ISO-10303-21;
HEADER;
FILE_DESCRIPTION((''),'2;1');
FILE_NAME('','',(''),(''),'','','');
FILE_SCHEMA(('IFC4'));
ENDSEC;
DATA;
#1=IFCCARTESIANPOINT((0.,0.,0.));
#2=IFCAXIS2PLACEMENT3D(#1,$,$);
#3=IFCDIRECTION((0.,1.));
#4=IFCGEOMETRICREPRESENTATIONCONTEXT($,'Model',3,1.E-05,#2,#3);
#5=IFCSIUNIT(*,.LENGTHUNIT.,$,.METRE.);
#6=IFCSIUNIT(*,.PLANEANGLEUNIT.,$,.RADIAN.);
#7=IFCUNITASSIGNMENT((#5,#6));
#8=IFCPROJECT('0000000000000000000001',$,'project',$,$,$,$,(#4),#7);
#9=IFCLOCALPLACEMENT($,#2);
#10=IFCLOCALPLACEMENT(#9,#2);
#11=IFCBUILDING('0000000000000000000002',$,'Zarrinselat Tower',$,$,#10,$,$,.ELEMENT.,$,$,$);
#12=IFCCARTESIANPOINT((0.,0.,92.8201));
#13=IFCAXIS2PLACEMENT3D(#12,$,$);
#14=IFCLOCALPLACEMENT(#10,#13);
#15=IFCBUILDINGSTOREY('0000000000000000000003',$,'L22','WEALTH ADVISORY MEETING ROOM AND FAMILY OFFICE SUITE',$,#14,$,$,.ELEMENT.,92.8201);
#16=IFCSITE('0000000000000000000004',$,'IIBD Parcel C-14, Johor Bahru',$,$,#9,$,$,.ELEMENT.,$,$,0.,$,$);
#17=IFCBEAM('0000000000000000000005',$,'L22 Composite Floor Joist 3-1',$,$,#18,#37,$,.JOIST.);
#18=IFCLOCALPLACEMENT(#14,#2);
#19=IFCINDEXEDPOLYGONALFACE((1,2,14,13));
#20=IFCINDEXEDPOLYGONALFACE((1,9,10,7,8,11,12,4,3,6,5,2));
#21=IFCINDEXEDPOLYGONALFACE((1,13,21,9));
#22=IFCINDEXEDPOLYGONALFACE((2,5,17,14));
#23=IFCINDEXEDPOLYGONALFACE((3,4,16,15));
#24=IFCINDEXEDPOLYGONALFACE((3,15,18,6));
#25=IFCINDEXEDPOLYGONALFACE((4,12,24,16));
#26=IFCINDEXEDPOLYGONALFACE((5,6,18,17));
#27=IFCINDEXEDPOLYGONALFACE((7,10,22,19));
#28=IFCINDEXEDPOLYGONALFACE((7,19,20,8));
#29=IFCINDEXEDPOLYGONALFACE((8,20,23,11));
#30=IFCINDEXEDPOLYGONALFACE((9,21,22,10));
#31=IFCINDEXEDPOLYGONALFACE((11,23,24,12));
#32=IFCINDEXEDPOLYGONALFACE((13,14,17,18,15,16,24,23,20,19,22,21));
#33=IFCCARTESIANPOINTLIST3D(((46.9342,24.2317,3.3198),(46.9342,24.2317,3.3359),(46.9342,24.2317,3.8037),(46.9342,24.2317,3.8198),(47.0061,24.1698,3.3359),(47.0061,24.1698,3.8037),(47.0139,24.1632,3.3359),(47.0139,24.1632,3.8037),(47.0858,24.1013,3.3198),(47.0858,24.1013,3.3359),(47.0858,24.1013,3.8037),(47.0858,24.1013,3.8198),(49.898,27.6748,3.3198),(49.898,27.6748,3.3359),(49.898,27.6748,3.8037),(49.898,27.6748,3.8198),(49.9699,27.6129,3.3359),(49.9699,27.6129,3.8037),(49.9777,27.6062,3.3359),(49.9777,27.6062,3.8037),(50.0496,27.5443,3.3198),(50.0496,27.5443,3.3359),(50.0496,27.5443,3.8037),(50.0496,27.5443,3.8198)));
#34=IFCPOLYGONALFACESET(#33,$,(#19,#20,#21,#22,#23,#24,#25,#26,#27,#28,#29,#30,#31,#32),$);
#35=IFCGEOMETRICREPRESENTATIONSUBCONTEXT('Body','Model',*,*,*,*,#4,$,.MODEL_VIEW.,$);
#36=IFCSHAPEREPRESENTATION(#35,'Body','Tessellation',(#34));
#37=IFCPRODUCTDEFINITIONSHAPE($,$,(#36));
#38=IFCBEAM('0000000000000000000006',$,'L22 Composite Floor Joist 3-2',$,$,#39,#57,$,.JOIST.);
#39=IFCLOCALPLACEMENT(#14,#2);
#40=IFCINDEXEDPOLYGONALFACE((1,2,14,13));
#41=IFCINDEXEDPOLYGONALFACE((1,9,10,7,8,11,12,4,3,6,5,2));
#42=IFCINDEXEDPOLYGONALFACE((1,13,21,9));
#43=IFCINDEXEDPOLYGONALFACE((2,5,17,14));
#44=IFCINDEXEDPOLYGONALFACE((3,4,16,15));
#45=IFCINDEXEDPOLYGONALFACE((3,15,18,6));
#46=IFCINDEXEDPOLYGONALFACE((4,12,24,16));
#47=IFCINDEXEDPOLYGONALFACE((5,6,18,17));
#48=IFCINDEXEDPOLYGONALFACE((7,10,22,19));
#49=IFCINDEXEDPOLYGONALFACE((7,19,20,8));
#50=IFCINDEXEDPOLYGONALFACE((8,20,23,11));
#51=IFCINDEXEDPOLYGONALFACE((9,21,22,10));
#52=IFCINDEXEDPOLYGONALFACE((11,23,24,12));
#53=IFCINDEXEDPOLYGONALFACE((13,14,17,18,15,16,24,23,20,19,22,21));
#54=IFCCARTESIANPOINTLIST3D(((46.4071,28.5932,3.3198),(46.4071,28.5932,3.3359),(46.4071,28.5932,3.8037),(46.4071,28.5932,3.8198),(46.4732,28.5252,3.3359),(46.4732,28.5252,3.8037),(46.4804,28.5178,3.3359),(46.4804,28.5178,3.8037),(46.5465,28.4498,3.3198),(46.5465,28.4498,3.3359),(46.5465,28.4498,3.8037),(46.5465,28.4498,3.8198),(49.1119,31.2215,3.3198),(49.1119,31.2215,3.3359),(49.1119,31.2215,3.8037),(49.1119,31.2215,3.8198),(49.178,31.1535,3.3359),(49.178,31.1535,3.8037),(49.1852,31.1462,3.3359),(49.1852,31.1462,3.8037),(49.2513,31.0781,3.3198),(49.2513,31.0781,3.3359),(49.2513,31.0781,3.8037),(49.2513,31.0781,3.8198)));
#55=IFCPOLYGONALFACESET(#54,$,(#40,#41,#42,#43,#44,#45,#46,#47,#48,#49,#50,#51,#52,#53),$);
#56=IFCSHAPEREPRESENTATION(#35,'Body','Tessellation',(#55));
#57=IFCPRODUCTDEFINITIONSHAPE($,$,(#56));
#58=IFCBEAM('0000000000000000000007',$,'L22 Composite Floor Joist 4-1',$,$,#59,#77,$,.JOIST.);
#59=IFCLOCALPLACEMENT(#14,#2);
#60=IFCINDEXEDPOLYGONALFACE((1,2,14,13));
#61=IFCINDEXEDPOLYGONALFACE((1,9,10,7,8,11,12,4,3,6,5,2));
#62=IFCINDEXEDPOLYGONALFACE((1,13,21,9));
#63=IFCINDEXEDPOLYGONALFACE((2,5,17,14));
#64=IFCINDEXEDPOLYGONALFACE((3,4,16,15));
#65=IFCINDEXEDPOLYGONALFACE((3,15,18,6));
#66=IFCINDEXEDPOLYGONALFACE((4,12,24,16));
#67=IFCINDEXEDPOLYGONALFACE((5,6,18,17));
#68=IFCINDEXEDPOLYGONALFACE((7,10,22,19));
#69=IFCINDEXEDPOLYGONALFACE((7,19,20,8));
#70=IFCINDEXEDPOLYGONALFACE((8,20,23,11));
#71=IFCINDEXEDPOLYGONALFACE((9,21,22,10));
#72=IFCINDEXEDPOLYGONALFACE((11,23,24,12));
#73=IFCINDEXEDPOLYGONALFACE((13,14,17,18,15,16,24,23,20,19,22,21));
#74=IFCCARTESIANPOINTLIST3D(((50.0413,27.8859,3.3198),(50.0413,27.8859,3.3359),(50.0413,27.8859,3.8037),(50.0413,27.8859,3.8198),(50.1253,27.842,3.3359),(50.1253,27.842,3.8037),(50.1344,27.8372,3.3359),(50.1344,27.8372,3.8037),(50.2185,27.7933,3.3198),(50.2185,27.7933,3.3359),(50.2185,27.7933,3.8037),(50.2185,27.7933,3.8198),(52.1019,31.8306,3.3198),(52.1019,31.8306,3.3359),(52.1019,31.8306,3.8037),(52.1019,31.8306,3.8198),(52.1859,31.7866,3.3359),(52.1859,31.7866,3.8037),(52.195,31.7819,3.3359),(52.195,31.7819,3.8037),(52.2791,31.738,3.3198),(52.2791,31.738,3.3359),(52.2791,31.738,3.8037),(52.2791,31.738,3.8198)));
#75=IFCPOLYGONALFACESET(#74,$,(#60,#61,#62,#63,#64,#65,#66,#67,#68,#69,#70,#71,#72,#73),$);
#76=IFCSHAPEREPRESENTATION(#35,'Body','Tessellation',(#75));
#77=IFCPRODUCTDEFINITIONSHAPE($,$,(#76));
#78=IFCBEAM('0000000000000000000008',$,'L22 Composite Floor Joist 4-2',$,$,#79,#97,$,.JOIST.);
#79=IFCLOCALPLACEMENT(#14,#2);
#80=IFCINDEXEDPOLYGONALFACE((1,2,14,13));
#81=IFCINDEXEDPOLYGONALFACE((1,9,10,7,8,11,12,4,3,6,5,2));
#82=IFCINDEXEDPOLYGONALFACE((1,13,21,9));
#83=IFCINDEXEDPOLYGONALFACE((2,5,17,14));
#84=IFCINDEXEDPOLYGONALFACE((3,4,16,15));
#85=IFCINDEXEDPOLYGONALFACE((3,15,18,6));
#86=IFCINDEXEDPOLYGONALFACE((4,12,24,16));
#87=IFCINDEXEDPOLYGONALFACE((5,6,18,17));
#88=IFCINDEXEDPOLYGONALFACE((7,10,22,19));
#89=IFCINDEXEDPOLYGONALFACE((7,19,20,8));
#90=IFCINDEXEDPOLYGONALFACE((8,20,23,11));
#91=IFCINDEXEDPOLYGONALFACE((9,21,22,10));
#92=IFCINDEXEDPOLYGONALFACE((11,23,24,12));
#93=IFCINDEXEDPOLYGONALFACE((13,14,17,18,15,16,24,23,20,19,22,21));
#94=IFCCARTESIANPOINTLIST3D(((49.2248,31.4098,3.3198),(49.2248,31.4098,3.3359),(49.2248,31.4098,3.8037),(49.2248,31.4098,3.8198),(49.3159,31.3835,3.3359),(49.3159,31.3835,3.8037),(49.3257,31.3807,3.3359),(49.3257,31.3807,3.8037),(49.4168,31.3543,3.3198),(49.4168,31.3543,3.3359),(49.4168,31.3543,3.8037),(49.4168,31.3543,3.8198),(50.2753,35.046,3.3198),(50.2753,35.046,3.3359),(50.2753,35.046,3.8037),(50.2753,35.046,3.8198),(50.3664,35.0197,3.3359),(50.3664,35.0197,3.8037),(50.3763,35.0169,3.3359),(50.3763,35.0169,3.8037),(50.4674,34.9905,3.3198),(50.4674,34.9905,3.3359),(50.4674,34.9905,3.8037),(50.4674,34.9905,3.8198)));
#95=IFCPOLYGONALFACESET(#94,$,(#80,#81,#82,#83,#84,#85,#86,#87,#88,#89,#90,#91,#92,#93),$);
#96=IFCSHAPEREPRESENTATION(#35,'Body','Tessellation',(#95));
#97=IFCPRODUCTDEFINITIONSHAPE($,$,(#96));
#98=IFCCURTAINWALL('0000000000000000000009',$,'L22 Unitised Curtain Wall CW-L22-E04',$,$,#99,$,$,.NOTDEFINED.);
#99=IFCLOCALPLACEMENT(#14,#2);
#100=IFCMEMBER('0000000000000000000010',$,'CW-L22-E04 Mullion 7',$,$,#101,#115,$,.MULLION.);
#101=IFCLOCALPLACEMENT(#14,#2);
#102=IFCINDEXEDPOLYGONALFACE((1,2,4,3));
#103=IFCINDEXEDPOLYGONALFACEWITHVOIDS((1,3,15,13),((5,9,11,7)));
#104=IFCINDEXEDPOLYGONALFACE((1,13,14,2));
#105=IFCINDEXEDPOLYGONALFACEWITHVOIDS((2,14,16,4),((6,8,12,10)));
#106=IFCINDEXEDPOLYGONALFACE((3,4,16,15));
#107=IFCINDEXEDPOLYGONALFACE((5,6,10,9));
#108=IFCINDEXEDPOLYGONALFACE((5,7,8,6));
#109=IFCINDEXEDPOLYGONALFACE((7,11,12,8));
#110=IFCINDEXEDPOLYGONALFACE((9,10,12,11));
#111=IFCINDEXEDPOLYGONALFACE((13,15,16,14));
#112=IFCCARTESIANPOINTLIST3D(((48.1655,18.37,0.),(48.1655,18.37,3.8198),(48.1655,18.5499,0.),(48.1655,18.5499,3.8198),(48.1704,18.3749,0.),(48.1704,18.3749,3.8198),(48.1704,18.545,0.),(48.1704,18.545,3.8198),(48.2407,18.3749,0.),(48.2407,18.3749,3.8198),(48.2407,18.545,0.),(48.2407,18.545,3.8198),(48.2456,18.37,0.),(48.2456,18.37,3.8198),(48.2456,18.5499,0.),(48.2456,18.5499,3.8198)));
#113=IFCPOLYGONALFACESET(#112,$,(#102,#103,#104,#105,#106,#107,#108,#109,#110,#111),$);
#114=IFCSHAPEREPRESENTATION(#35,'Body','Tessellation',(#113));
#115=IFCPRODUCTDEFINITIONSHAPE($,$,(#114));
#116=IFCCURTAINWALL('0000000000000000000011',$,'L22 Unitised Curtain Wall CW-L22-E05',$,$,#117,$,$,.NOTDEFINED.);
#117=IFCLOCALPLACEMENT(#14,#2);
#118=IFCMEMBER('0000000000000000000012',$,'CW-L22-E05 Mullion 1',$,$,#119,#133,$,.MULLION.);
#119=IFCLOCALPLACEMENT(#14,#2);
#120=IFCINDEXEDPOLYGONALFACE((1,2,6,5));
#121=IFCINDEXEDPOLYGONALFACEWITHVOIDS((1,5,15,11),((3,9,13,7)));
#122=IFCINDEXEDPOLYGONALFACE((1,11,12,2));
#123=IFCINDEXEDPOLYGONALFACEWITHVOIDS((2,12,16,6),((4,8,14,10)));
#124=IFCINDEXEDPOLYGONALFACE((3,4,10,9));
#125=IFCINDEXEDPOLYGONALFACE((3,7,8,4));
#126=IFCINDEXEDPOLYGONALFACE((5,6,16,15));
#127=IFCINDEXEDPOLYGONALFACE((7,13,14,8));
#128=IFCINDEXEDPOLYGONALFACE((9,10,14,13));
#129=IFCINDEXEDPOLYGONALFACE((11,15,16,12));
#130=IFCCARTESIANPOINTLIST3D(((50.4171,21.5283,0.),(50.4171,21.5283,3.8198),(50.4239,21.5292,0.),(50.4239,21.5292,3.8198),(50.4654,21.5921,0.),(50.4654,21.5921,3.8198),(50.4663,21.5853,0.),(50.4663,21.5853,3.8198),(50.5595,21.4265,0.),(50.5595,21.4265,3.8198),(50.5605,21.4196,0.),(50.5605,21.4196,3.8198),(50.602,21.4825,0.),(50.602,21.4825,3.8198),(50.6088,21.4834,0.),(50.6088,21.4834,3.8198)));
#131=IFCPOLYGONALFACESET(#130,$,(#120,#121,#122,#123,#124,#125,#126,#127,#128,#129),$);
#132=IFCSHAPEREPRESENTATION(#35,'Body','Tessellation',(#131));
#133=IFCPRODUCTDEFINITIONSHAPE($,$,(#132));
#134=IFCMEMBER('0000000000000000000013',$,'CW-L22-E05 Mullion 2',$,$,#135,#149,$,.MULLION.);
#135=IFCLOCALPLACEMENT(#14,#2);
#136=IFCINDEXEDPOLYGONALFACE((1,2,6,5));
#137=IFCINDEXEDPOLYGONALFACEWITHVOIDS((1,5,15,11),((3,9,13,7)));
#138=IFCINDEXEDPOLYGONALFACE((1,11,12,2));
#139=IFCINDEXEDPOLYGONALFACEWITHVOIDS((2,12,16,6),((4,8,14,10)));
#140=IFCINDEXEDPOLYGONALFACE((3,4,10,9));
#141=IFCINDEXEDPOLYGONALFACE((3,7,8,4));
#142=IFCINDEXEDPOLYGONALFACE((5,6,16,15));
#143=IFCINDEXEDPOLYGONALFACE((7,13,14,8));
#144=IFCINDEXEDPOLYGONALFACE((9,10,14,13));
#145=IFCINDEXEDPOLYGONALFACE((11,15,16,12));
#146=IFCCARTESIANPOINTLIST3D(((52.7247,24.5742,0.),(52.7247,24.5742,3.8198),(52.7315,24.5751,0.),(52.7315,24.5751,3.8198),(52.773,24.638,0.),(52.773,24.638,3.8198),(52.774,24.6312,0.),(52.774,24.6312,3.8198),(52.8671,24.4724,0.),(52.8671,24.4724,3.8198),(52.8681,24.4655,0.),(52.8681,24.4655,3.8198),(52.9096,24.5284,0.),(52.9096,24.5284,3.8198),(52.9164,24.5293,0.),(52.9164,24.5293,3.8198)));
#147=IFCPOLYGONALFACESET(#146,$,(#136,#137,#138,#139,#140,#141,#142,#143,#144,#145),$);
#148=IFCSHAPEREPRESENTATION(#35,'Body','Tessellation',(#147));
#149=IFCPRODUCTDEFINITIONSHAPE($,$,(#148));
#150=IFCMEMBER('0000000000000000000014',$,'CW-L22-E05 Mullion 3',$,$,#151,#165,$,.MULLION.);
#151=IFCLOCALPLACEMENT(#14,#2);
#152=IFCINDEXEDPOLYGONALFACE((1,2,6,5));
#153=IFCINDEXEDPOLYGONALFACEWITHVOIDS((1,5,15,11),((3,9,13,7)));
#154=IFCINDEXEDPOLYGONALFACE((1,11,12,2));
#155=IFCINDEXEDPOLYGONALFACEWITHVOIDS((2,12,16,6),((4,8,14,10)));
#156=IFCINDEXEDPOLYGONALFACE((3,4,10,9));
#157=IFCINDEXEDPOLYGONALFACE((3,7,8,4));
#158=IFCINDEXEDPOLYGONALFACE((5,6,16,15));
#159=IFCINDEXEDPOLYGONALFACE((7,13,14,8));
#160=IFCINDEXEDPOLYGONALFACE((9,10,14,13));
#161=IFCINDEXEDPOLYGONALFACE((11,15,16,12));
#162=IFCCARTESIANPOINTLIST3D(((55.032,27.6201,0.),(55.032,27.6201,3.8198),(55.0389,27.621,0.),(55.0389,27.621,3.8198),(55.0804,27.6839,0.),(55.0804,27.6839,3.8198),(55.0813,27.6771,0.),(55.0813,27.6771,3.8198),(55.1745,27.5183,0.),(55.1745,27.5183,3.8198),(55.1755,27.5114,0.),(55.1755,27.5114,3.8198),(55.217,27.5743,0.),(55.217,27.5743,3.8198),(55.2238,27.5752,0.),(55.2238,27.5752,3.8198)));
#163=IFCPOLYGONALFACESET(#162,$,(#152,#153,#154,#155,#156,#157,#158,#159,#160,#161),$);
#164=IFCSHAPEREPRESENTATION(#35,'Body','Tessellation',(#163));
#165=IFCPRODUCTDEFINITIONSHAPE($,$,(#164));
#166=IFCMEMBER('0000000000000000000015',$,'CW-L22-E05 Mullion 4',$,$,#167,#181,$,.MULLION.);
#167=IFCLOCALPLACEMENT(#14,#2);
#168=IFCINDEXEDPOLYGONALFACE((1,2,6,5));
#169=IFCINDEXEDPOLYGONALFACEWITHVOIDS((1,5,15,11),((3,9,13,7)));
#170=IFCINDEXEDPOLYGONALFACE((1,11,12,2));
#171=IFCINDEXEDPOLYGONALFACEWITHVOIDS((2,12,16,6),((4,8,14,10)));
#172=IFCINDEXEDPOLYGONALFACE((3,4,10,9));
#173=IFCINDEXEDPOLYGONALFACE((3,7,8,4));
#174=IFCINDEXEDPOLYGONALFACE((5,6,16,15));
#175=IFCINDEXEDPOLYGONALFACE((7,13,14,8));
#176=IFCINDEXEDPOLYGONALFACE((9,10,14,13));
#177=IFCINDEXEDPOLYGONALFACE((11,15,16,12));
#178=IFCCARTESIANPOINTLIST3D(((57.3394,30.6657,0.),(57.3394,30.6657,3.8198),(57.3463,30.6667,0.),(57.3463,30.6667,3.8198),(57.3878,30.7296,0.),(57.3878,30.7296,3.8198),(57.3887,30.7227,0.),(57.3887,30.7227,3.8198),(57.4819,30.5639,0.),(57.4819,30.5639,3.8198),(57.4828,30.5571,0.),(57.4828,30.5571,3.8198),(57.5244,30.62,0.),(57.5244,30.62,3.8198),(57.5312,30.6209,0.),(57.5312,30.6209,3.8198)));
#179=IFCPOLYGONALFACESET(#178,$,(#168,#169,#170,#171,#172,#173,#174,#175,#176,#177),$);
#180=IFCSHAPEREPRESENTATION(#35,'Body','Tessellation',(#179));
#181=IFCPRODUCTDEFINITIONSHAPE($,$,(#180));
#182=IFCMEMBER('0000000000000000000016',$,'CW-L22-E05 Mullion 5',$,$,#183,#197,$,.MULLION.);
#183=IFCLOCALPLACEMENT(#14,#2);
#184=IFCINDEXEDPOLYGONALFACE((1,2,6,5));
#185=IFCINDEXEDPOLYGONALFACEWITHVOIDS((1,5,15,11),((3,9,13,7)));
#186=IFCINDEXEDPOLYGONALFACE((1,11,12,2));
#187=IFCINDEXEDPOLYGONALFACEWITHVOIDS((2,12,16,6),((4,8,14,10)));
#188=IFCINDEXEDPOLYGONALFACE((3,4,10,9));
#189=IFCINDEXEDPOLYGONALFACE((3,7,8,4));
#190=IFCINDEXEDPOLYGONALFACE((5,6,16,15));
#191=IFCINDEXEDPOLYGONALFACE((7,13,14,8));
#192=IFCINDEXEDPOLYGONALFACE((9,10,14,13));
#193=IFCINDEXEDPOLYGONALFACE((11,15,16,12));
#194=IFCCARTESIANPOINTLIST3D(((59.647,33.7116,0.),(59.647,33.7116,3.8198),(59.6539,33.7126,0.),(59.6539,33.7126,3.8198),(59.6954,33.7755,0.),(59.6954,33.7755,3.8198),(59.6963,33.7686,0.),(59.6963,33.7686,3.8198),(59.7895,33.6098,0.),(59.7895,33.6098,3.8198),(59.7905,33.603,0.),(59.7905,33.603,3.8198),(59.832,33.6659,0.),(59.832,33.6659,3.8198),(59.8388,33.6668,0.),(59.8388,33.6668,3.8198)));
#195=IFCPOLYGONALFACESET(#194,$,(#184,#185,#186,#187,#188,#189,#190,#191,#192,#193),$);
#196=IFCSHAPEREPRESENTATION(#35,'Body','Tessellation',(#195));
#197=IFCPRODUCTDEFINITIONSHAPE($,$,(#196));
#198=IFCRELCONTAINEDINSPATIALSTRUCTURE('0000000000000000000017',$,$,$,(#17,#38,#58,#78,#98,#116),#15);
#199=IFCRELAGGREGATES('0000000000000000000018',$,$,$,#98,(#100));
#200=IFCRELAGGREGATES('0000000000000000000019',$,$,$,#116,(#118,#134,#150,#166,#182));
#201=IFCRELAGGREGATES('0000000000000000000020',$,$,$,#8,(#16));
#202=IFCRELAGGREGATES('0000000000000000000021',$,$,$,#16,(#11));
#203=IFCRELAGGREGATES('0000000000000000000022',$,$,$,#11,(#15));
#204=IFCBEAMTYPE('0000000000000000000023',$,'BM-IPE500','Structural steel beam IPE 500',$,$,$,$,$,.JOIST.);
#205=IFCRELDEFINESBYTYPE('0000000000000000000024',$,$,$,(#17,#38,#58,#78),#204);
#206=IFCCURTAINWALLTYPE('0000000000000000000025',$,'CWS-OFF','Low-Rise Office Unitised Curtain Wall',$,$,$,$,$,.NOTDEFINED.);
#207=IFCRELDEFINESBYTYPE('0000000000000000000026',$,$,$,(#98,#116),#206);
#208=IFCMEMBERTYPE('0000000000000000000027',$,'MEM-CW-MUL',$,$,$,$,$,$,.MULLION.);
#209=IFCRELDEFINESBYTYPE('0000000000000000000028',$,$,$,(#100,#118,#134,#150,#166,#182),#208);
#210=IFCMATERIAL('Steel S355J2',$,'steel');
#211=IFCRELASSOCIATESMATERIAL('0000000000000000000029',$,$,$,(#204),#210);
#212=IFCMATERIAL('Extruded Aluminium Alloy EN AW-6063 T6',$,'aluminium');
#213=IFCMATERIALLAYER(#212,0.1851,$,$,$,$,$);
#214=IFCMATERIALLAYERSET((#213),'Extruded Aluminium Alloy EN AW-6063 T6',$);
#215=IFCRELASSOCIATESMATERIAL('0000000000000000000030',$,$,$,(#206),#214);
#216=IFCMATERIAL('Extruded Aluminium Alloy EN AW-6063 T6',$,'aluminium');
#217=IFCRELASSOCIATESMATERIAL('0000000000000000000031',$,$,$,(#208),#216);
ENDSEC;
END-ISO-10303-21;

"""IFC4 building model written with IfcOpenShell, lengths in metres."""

from ifc_helpers import new_model, si_unit, direction, frame, origin, origin_2d, place, context, subcontext, project, spatial, hollow_rectangle, i_section, extrude, material, layer, layer_set, material_profile, profile_set, type_object, element, aggregate, save


model = new_model("IFC4")

# Units and contexts
model_context = context("Model", 3, precision=1e-05, world=origin(), true_north=direction((0.0, 1.0)))
body_context = subcontext(model_context, "Body", "Model", "MODEL_VIEW")
ifc_project = project(units=[si_unit("LENGTHUNIT", "METRE"), si_unit("PLANEANGLEUNIT", "RADIAN")], contexts=[model_context])

# Site, building, storey
site_placement = place(None, origin())
site = spatial("IfcSite", under=ifc_project, at=site_placement, Name="IIBD Parcel C-14, Johor Bahru", CompositionType="ELEMENT", RefElevation=0.0)
building_placement = place(site_placement, origin())
building = spatial("IfcBuilding", under=site, at=building_placement, Name="Zarrinselat Tower", CompositionType="ELEMENT")
storey_placement = place(building_placement, frame((0.0, 0.0, 92.8201)))
storey = spatial("IfcBuildingStorey", under=building, at=storey_placement, Name="L22", Description="WEALTH ADVISORY MEETING ROOM AND FAMILY OFFICE SUITE", CompositionType="ELEMENT", Elevation=92.8201)

# Beams
ifc_material_1 = material(Name="Steel S355J2", Category="steel")
ifc_material_profile_1 = material_profile(ifc_material_1, i_section(OverallWidth=0.2, OverallDepth=0.5, WebThickness=0.0103, FlangeThickness=0.0161, at=origin_2d()), Name="IPE 500")
ifc_profile_set_1 = profile_set([ifc_material_profile_1], Name="Steel S355J2")
beam_type_1 = type_object("IfcBeamType", Name="BM-IPE500", Description="Structural steel beam IPE 500", PredefinedType="JOIST", material=ifc_profile_set_1)
beam_1_placement = place(storey_placement, frame((47.01, 24.1665, 3.5698), z_axis=(0.652392, 0.757882, 0.0), x_axis=(-0.757882, 0.652392, 0.0)))
element("IfcBeam", 1, at=beam_1_placement, inside=storey, type_object=beam_type_1, Name="L22 Composite Floor Joist 3-1", PredefinedType="JOIST", context=body_context, shape_type="SweptSolid", body=[
    extrude(i_section(OverallWidth=0.2, OverallDepth=0.5, WebThickness=0.0103, FlangeThickness=0.0161, at=origin_2d()), origin(), (0.0, 0.0, 1.0), 4.543),
])
beam_2_placement = place(storey_placement, frame((46.4768, 28.5215, 3.5698), z_axis=(0.717165, 0.696904, 0.0), x_axis=(-0.696904, 0.717165, 0.0)))
element("IfcBeam", 2, at=beam_2_placement, inside=storey, type_object=beam_type_1, Name="L22 Composite Floor Joist 3-2", PredefinedType="JOIST", context=body_context, shape_type="SweptSolid", body=[
    extrude(i_section(OverallWidth=0.2, OverallDepth=0.5, WebThickness=0.0103, FlangeThickness=0.0161, at=origin_2d()), origin(), (0.0, 0.0, 1.0), 3.7715),
])
beam_3_placement = place(storey_placement, frame((50.1299, 27.8396, 3.5698), z_axis=(0.463008, 0.886354, 0.0), x_axis=(-0.886354, 0.463008, 0.0)))
element("IfcBeam", 3, at=beam_3_placement, inside=storey, type_object=beam_type_1, Name="L22 Composite Floor Joist 4-1", PredefinedType="JOIST", context=body_context, shape_type="SweptSolid", body=[
    extrude(i_section(OverallWidth=0.2, OverallDepth=0.5, WebThickness=0.0103, FlangeThickness=0.0161, at=origin_2d()), origin(), (0.0, 0.0, 1.0), 4.4504),
])
beam_4_placement = place(storey_placement, frame((49.3208, 31.3821, 3.5698), z_axis=(0.277557, 0.960709, 0.0), x_axis=(-0.960709, 0.277557, 0.0)))
element("IfcBeam", 4, at=beam_4_placement, inside=storey, type_object=beam_type_1, Name="L22 Composite Floor Joist 4-2", PredefinedType="JOIST", context=body_context, shape_type="SweptSolid", body=[
    extrude(i_section(OverallWidth=0.2, OverallDepth=0.5, WebThickness=0.0103, FlangeThickness=0.0161, at=origin_2d()), origin(), (0.0, 0.0, 1.0), 3.7849),
])

# Curtain wall, member
ifc_material_2 = material(Name="Extruded Aluminium Alloy EN AW-6063 T6", Category="aluminium")
ifc_layer_1 = layer(ifc_material_2, 0.1851)
ifc_layer_set_1 = layer_set([ifc_layer_1], Name="Extruded Aluminium Alloy EN AW-6063 T6")
curtain_wall_type = type_object("IfcCurtainWallType", Name="CWS-OFF", Description="Low-Rise Office Unitised Curtain Wall", PredefinedType="NOTDEFINED", material=ifc_layer_set_1)
curtain_wall_1_placement = place(storey_placement, origin())
curtain_wall_1 = element("IfcCurtainWall", 5, at=curtain_wall_1_placement, inside=storey, type_object=curtain_wall_type, Name="L22 Unitised Curtain Wall CW-L22-E04", PredefinedType="NOTDEFINED")
ifc_material_3 = material(Name="Extruded Aluminium Alloy EN AW-6063 T6", Category="aluminium")
ifc_material_profile_2 = material_profile(ifc_material_3, hollow_rectangle(XDim=0.0801, YDim=0.1799, WallThickness=0.0049, at=origin_2d()), Name="RHS 180x80x5")
ifc_profile_set_2 = profile_set([ifc_material_profile_2], Name="Extruded Aluminium Alloy EN AW-6063 T6")
member_type_1 = type_object("IfcMemberType", Name="MEM-CW-MUL", PredefinedType="MULLION", material=ifc_profile_set_2)
member_1_placement = place(storey_placement, frame((48.2056, 18.46, 0.0), z_axis=(0.0, 0.0, 1.0), x_axis=(1.0, 0.0, 0.0)))
member_1 = element("IfcMember", 6, at=member_1_placement, type_object=member_type_1, Name="CW-L22-E04 Mullion 7", PredefinedType="MULLION", context=body_context, shape_type="SweptSolid", body=[
    extrude(hollow_rectangle(XDim=0.0801, YDim=0.1799, WallThickness=0.0049, at=origin_2d()), origin(), (0.0, 0.0, 1.0), 3.8198),
])

# Curtain wall, members
curtain_wall_2_placement = place(storey_placement, origin())
curtain_wall_2 = element("IfcCurtainWall", 7, at=curtain_wall_2_placement, inside=storey, type_object=curtain_wall_type, Name="L22 Unitised Curtain Wall CW-L22-E05", PredefinedType="NOTDEFINED")
member_2_placement = place(storey_placement, frame((50.5129, 21.5059, 0.0), z_axis=(0.0, 0.0, 1.0), x_axis=(0.603856, 0.797094, 0.0)))
member_2 = element("IfcMember", 8, at=member_2_placement, type_object=member_type_1, Name="CW-L22-E05 Mullion 1", PredefinedType="MULLION", context=body_context, shape_type="SweptSolid", body=[
    extrude(hollow_rectangle(XDim=0.0801, YDim=0.1799, WallThickness=0.0049, at=origin_2d()), origin(), (0.0, 0.0, 1.0), 3.8198),
])
member_3_placement = place(storey_placement, frame((52.8206, 24.5518, 0.0), z_axis=(0.0, 0.0, 1.0), x_axis=(0.603856, 0.797094, 0.0)))
member_3 = element("IfcMember", 9, at=member_3_placement, type_object=member_type_1, Name="CW-L22-E05 Mullion 2", PredefinedType="MULLION", context=body_context, shape_type="SweptSolid", body=[
    extrude(hollow_rectangle(XDim=0.0801, YDim=0.1799, WallThickness=0.0049, at=origin_2d()), origin(), (0.0, 0.0, 1.0), 3.8198),
])
member_4_placement = place(storey_placement, frame((55.1279, 27.5977, 0.0), z_axis=(0.0, 0.0, 1.0), x_axis=(0.603856, 0.797094, 0.0)))
member_4 = element("IfcMember", 10, at=member_4_placement, type_object=member_type_1, Name="CW-L22-E05 Mullion 3", PredefinedType="MULLION", context=body_context, shape_type="SweptSolid", body=[
    extrude(hollow_rectangle(XDim=0.0801, YDim=0.1799, WallThickness=0.0049, at=origin_2d()), origin(), (0.0, 0.0, 1.0), 3.8198),
])
member_5_placement = place(storey_placement, frame((57.4353, 30.6433, 0.0), z_axis=(0.0, 0.0, 1.0), x_axis=(0.603856, 0.797094, 0.0)))
member_5 = element("IfcMember", 11, at=member_5_placement, type_object=member_type_1, Name="CW-L22-E05 Mullion 4", PredefinedType="MULLION", context=body_context, shape_type="SweptSolid", body=[
    extrude(hollow_rectangle(XDim=0.0801, YDim=0.1799, WallThickness=0.0049, at=origin_2d()), origin(), (0.0, 0.0, 1.0), 3.8198),
])
member_6_placement = place(storey_placement, frame((59.7429, 33.6892, 0.0), z_axis=(0.0, 0.0, 1.0), x_axis=(0.603856, 0.797094, 0.0)))
member_6 = element("IfcMember", 12, at=member_6_placement, type_object=member_type_1, Name="CW-L22-E05 Mullion 5", PredefinedType="MULLION", context=body_context, shape_type="SweptSolid", body=[
    extrude(hollow_rectangle(XDim=0.0801, YDim=0.1799, WallThickness=0.0049, at=origin_2d()), origin(), (0.0, 0.0, 1.0), 3.8198),
])

aggregate(curtain_wall_1, [member_1])
aggregate(curtain_wall_2, [member_2, member_3, member_4, member_5, member_6])

save(model, "model.ifc")
